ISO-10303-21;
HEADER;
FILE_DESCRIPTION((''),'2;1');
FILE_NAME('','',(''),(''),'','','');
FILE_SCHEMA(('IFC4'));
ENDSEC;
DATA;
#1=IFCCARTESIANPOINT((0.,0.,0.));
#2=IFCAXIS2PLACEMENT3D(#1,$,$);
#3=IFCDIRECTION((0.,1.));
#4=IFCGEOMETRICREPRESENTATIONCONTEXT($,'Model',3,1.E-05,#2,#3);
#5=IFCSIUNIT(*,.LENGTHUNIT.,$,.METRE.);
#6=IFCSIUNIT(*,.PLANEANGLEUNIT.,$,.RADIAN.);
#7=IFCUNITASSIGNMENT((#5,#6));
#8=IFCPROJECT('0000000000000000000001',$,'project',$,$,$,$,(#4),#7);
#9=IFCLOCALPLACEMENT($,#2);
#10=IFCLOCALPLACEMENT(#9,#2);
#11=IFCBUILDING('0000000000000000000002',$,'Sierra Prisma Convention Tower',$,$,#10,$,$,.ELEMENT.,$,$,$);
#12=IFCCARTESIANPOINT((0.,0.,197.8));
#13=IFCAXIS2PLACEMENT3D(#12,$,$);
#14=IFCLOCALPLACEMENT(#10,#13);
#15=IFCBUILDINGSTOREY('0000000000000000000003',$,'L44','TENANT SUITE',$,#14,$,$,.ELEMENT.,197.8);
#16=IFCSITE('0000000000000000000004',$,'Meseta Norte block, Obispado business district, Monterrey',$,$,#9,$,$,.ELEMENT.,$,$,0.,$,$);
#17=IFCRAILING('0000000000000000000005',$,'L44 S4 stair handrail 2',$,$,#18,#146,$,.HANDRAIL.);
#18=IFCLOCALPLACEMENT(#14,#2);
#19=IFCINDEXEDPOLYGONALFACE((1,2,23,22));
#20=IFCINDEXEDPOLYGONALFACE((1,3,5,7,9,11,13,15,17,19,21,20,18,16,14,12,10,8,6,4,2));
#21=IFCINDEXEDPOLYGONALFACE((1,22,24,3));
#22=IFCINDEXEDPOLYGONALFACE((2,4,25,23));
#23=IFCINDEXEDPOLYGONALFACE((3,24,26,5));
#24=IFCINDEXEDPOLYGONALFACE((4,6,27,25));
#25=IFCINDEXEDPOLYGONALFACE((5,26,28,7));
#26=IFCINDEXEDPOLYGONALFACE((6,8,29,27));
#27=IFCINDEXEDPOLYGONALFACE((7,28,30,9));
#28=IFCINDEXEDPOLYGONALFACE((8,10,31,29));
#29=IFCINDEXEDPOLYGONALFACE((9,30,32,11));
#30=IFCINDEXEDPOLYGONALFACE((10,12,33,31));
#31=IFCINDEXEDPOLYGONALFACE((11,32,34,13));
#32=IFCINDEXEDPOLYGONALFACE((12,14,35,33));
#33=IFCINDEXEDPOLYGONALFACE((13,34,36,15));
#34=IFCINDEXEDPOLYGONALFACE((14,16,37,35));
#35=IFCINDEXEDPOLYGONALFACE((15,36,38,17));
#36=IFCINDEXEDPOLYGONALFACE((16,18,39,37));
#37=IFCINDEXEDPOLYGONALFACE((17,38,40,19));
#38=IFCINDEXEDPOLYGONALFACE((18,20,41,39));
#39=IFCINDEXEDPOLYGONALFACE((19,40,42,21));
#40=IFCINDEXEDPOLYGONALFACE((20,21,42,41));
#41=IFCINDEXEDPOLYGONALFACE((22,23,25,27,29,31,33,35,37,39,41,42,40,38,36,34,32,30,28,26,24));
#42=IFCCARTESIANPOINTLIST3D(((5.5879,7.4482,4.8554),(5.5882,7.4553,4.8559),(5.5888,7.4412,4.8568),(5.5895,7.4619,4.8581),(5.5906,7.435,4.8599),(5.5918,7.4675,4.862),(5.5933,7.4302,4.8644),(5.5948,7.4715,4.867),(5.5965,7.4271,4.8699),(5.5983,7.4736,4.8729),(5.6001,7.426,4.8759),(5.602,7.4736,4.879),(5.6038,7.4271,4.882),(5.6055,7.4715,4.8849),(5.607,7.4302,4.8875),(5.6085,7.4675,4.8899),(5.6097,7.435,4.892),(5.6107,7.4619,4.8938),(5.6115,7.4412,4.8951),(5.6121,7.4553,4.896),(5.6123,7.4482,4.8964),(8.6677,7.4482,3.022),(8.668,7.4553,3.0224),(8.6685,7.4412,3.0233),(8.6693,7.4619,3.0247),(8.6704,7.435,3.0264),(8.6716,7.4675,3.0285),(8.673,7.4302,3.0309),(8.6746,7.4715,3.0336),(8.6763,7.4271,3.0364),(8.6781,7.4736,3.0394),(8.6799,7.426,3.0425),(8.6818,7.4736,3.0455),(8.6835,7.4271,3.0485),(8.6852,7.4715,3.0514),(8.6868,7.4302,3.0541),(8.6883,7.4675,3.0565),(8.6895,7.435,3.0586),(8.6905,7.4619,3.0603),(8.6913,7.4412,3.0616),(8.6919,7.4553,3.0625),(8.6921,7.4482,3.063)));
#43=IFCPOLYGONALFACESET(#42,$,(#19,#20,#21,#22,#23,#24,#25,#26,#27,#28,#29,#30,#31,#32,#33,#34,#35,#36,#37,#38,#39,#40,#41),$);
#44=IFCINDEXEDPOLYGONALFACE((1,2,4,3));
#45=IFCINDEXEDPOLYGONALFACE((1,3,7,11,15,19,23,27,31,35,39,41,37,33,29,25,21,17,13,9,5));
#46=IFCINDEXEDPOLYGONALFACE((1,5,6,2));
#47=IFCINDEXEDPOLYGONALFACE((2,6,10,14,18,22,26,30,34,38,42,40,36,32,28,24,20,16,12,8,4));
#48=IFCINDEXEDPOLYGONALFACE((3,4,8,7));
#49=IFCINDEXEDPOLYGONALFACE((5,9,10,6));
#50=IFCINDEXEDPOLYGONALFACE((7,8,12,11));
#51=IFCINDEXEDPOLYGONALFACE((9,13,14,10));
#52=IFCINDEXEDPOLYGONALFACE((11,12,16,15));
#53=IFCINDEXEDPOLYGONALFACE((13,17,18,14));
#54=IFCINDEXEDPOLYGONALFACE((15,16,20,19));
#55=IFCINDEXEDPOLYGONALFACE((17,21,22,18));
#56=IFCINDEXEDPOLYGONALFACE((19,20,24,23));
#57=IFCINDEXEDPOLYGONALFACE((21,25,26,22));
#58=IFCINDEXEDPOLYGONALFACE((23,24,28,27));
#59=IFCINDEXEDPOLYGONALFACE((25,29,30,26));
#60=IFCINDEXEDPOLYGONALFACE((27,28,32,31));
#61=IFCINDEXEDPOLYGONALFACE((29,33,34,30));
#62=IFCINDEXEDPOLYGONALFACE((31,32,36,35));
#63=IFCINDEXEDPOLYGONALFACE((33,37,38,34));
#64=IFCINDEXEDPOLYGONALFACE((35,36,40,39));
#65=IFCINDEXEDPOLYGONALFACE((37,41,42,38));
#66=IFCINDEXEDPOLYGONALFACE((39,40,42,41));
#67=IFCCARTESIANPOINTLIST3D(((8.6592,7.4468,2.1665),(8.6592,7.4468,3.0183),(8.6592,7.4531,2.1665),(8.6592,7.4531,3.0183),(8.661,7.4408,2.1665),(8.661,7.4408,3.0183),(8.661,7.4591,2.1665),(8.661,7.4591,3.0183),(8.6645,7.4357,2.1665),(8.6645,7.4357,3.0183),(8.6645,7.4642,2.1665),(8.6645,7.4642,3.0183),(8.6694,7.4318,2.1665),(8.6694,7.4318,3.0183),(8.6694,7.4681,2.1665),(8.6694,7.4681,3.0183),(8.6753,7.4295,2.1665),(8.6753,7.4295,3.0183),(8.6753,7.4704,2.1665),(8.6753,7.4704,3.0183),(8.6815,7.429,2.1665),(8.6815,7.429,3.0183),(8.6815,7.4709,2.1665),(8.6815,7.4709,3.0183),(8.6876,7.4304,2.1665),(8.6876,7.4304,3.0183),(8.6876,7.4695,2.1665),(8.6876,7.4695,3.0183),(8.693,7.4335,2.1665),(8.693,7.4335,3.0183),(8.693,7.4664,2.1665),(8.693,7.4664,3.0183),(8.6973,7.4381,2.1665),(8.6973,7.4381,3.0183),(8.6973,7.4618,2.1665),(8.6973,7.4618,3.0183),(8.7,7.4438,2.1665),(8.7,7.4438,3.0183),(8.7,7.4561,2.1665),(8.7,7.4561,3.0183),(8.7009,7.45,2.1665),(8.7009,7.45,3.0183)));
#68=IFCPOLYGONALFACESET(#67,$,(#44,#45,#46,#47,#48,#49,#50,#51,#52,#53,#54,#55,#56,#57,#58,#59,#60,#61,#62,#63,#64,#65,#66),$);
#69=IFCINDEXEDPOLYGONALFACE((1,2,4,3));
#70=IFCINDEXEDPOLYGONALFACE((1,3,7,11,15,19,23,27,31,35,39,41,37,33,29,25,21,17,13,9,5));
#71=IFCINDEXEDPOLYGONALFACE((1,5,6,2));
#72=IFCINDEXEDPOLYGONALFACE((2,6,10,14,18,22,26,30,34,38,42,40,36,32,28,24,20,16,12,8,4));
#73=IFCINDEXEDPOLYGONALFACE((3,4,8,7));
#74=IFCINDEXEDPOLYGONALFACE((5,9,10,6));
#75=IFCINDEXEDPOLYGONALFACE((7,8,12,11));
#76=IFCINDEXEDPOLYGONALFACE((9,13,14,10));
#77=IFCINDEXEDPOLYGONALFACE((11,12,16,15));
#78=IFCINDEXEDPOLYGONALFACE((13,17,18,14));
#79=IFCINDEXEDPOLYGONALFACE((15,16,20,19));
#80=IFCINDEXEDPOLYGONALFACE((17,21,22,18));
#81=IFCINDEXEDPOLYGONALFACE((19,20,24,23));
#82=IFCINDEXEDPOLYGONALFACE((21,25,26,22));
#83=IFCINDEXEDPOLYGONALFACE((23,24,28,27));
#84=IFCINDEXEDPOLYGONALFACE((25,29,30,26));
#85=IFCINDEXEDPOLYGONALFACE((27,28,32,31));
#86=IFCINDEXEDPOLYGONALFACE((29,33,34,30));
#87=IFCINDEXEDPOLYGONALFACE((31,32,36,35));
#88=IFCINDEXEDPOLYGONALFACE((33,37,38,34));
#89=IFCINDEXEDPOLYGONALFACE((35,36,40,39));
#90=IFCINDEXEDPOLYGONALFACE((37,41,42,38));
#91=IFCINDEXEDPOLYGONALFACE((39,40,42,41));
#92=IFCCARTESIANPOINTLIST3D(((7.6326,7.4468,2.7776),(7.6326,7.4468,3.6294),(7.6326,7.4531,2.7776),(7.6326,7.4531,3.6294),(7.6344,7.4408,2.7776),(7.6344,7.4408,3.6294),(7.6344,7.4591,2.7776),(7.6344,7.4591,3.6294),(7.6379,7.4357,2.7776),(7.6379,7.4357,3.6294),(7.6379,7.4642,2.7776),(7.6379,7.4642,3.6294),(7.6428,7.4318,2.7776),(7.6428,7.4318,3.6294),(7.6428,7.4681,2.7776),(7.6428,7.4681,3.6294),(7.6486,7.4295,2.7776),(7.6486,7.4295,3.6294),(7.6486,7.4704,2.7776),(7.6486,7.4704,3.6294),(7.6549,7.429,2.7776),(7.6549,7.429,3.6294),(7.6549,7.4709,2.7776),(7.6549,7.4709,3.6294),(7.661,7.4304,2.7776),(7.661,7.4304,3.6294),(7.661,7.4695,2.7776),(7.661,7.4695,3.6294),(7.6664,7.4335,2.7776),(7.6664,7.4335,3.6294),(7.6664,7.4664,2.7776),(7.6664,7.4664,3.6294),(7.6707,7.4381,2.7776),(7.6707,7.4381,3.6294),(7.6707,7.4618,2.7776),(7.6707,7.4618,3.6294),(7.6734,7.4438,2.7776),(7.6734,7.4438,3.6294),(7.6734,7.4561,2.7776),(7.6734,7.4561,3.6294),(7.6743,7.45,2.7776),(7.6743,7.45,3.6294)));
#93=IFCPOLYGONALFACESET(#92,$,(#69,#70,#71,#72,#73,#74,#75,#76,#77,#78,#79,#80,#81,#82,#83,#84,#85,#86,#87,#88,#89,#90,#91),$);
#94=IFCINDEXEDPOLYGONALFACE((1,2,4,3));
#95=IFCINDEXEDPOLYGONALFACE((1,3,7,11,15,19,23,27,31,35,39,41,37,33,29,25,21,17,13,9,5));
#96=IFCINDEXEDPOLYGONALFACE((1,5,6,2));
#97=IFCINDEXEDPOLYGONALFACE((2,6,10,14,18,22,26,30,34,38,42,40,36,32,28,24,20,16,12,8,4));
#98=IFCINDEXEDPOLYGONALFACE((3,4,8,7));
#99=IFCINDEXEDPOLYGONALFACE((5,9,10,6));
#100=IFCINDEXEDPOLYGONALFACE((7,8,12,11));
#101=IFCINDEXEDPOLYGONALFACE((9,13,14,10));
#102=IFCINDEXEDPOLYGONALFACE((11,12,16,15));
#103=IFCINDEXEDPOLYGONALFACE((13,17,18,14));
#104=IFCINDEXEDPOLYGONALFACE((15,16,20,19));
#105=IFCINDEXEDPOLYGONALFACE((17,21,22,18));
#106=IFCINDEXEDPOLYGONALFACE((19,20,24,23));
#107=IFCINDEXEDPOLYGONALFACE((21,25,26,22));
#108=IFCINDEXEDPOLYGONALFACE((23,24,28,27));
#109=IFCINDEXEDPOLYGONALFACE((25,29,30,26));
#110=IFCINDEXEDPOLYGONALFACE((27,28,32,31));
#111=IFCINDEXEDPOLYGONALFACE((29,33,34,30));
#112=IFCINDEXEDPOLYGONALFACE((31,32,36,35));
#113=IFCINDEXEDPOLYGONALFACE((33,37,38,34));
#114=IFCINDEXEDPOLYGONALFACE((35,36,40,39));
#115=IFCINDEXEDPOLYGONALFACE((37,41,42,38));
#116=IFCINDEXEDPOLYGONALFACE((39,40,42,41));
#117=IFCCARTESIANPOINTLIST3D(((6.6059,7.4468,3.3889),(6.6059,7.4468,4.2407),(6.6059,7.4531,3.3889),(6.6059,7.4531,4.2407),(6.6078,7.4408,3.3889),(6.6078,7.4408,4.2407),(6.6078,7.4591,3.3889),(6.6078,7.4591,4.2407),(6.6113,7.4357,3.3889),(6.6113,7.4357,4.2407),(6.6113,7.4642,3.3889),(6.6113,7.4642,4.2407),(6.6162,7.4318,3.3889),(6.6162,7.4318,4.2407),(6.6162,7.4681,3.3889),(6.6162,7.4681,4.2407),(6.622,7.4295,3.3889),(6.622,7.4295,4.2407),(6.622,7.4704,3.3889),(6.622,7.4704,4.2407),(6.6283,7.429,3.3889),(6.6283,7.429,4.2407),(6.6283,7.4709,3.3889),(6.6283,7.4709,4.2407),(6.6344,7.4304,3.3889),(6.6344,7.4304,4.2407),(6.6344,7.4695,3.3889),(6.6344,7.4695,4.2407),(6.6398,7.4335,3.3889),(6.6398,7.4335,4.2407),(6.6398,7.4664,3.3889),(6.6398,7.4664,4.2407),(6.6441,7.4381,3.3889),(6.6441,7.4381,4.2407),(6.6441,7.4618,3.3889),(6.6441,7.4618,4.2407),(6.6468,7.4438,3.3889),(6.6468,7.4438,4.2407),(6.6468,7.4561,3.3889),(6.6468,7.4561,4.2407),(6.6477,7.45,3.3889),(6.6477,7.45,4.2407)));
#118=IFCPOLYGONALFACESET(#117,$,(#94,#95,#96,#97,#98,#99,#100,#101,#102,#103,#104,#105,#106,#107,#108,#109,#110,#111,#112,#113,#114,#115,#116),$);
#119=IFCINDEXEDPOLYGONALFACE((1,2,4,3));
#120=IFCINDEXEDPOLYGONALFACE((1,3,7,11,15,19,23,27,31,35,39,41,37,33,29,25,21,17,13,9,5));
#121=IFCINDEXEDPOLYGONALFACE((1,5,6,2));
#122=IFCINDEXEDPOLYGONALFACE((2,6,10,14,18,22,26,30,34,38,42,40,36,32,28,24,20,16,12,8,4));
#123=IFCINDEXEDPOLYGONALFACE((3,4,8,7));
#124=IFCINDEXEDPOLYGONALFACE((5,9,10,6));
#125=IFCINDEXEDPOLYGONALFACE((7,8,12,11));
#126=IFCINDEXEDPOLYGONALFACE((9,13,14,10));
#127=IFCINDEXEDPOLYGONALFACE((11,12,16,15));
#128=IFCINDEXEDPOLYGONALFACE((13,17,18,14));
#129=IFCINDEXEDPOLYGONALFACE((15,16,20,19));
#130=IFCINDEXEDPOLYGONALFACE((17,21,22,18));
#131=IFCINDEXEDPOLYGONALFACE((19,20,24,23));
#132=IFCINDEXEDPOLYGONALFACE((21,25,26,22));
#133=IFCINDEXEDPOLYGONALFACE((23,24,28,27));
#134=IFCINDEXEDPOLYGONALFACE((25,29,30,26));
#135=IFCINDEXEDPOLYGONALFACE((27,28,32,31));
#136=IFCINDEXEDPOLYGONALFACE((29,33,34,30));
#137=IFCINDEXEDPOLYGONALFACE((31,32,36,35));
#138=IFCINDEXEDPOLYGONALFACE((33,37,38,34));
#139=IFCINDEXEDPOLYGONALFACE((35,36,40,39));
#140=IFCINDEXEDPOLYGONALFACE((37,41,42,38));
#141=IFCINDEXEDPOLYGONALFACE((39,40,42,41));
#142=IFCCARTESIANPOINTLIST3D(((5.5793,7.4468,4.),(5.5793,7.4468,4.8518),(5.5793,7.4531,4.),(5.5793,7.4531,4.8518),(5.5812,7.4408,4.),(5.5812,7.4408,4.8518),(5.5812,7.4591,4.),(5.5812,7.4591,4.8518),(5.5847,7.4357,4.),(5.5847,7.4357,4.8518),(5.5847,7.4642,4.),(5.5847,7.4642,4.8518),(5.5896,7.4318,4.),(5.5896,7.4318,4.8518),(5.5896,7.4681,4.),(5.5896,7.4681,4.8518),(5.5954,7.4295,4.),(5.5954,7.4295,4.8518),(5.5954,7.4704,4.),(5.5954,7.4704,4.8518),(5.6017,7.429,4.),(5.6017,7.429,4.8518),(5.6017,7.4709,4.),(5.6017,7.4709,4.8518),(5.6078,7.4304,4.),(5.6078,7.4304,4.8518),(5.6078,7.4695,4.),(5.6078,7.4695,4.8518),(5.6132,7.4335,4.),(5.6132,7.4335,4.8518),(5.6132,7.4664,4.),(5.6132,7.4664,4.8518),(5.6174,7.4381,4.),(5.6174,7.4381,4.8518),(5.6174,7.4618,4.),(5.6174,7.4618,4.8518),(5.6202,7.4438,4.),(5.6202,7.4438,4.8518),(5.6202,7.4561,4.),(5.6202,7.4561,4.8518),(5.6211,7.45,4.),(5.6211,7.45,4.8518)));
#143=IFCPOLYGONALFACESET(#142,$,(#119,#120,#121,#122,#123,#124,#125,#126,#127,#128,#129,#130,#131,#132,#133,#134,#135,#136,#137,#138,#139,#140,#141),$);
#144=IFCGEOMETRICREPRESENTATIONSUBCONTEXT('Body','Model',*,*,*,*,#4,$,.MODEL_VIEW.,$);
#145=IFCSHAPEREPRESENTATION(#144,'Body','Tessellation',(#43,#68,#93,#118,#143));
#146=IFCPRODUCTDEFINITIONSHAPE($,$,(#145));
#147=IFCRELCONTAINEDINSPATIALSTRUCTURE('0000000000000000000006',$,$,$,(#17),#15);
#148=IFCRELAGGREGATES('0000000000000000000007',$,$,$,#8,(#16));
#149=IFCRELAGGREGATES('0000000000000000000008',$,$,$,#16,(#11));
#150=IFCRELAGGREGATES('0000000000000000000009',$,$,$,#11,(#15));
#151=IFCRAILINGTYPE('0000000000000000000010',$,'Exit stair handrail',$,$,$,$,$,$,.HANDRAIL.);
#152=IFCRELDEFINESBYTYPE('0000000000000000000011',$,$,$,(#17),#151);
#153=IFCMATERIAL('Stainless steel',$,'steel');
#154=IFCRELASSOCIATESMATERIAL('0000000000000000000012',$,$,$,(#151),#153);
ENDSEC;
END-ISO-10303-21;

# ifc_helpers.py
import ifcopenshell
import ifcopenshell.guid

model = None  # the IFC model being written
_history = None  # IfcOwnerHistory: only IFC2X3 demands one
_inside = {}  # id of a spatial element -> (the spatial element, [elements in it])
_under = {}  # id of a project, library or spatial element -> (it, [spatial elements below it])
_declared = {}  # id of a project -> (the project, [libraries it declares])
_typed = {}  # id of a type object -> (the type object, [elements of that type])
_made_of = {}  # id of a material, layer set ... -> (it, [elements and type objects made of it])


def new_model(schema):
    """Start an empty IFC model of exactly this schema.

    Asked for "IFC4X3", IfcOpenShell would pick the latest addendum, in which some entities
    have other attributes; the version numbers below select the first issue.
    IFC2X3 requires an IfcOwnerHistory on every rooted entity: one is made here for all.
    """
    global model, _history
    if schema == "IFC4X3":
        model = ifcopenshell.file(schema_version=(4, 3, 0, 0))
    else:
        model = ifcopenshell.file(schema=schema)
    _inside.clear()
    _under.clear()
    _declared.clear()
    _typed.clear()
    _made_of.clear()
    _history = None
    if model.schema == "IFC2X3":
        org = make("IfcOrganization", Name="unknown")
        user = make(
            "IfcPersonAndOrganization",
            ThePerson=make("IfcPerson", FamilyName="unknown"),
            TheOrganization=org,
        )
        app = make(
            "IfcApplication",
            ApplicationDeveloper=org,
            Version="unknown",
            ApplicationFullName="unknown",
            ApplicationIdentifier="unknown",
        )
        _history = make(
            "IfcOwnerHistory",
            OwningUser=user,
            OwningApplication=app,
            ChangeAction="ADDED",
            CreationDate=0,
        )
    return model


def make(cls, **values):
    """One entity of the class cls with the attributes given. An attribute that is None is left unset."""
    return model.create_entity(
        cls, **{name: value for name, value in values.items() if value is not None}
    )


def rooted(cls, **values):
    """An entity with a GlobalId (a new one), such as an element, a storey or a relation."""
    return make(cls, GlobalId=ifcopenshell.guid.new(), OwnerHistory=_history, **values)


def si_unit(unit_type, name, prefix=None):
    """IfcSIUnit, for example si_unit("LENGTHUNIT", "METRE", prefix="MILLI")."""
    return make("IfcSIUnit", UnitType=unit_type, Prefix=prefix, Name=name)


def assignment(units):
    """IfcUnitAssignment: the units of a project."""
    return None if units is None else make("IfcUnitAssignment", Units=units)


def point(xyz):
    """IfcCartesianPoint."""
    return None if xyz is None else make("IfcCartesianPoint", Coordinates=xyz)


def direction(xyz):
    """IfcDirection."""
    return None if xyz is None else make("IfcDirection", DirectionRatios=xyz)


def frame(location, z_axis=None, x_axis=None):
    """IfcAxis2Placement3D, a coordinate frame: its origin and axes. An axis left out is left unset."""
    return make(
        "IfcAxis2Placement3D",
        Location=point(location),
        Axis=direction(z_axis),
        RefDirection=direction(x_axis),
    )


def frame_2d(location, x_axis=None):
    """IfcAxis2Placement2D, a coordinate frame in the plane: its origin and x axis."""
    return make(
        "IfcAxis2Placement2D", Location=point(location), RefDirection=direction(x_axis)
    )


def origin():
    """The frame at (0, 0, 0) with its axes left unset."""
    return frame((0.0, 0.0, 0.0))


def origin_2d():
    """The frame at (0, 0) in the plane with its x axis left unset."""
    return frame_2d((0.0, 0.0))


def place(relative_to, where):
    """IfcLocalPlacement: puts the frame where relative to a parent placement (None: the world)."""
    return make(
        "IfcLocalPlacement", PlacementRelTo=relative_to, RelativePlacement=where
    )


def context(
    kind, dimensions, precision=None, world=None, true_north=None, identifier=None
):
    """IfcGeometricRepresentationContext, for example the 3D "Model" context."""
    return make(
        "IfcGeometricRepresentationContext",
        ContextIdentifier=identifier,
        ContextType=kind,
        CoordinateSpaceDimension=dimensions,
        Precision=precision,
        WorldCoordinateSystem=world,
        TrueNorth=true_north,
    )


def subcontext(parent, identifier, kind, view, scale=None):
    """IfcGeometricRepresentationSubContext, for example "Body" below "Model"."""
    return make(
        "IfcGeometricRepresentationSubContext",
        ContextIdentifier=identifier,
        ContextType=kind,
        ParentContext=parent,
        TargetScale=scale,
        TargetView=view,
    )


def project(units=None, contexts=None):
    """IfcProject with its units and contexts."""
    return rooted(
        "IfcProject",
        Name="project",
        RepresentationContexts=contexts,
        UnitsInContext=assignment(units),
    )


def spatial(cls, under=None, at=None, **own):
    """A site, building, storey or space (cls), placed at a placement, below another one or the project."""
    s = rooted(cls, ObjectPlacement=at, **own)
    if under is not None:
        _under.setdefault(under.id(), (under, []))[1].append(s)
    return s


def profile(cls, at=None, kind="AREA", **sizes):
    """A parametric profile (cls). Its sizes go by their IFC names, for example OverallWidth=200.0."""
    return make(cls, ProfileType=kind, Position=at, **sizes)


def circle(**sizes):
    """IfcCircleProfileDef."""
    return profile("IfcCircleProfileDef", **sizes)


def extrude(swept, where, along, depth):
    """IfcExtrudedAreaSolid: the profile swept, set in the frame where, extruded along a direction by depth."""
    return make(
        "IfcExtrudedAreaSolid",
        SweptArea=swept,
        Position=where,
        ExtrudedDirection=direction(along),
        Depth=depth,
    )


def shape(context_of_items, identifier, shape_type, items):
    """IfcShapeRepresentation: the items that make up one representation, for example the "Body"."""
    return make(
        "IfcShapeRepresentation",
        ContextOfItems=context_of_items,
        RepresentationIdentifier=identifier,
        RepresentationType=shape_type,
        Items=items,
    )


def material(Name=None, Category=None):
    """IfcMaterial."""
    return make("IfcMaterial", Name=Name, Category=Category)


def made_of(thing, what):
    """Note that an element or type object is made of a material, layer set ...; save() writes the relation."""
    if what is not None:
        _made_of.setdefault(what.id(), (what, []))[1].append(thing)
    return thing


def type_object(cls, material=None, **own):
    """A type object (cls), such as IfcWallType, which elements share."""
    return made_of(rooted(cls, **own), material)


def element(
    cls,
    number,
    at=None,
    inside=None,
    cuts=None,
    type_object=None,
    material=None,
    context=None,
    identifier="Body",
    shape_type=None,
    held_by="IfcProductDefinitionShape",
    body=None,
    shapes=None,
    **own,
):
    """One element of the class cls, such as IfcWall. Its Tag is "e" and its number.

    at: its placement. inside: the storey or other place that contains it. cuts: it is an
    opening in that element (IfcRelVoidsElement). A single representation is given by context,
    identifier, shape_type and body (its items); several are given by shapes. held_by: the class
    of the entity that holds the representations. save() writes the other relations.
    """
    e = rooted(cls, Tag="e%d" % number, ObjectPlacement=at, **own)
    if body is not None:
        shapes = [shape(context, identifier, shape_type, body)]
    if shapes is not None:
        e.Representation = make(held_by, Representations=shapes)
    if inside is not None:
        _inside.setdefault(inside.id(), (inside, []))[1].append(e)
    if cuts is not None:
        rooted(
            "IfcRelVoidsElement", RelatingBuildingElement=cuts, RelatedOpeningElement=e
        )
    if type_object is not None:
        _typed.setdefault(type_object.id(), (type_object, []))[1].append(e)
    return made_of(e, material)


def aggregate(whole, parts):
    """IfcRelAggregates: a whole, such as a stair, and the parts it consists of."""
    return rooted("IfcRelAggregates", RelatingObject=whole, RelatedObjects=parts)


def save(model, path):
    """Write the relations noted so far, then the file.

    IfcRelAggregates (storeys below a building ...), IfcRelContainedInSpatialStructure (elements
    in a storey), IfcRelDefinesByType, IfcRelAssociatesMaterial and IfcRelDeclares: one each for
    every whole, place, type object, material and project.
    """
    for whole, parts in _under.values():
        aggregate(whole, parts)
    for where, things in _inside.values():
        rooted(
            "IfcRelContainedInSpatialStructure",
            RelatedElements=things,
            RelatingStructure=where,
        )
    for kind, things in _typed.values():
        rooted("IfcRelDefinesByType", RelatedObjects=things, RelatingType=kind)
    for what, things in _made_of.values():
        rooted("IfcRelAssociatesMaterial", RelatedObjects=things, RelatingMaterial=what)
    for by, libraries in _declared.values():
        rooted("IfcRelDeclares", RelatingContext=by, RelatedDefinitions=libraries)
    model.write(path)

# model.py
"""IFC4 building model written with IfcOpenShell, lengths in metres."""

from ifc_helpers import new_model, si_unit, direction, frame, origin, origin_2d, place, context, subcontext, project, spatial, circle, extrude, material, type_object, element, save


model = new_model("IFC4")

# Units and contexts
model_context = context("Model", 3, precision=1e-05, world=origin(), true_north=direction((0.0, 1.0)))
body_context = subcontext(model_context, "Body", "Model", "MODEL_VIEW")
ifc_project = project(units=[si_unit("LENGTHUNIT", "METRE"), si_unit("PLANEANGLEUNIT", "RADIAN")], contexts=[model_context])

# Site, building, storey
site_placement = place(None, origin())
site = spatial("IfcSite", under=ifc_project, at=site_placement, Name="Meseta Norte block, Obispado business district, Monterrey", CompositionType="ELEMENT", RefElevation=0.0)
building_placement = place(site_placement, origin())
building = spatial("IfcBuilding", under=site, at=building_placement, Name="Sierra Prisma Convention Tower", CompositionType="ELEMENT")
storey_placement = place(building_placement, frame((0.0, 0.0, 197.8)))
storey = spatial("IfcBuildingStorey", under=building, at=storey_placement, Name="L44", Description="TENANT SUITE", CompositionType="ELEMENT", Elevation=197.8)

# Railing
ifc_material_1 = material(Name="Stainless steel", Category="steel")
railing_type = type_object("IfcRailingType", Name="Exit stair handrail", PredefinedType="HANDRAIL", material=ifc_material_1)
railing_placement = place(storey_placement, frame((8.6799, 7.45, 2.1665)))
element("IfcRailing", 1, at=railing_placement, inside=storey, type_object=railing_type, Name="L44 S4 stair handrail 2", PredefinedType="HANDRAIL", context=body_context, shape_type="SweptSolid", body=[
    extrude(circle(Radius=0.0239, at=origin_2d()), frame((0.0, 0.0, 0.876), z_axis=(-0.859261, 0.0, 0.511538), x_axis=(0.0, -1.0, 0.0)), (0.0, 0.0, 1.0), 3.5842),
    extrude(circle(Radius=0.021, at=origin_2d()), origin(), (0.0, 0.0, 1.0), 0.8518),
    extrude(circle(Radius=0.021, at=origin_2d()), frame((-1.0266, 0.0, 0.6111)), (0.0, 0.0, 1.0), 0.8518),
    extrude(circle(Radius=0.021, at=origin_2d()), frame((-2.0532, 0.0, 1.2224)), (0.0, 0.0, 1.0), 0.8518),
    extrude(circle(Radius=0.021, at=origin_2d()), frame((-3.0798, 0.0, 1.8335)), (0.0, 0.0, 1.0), 0.8518),
])

save(model, "model.ifc")
